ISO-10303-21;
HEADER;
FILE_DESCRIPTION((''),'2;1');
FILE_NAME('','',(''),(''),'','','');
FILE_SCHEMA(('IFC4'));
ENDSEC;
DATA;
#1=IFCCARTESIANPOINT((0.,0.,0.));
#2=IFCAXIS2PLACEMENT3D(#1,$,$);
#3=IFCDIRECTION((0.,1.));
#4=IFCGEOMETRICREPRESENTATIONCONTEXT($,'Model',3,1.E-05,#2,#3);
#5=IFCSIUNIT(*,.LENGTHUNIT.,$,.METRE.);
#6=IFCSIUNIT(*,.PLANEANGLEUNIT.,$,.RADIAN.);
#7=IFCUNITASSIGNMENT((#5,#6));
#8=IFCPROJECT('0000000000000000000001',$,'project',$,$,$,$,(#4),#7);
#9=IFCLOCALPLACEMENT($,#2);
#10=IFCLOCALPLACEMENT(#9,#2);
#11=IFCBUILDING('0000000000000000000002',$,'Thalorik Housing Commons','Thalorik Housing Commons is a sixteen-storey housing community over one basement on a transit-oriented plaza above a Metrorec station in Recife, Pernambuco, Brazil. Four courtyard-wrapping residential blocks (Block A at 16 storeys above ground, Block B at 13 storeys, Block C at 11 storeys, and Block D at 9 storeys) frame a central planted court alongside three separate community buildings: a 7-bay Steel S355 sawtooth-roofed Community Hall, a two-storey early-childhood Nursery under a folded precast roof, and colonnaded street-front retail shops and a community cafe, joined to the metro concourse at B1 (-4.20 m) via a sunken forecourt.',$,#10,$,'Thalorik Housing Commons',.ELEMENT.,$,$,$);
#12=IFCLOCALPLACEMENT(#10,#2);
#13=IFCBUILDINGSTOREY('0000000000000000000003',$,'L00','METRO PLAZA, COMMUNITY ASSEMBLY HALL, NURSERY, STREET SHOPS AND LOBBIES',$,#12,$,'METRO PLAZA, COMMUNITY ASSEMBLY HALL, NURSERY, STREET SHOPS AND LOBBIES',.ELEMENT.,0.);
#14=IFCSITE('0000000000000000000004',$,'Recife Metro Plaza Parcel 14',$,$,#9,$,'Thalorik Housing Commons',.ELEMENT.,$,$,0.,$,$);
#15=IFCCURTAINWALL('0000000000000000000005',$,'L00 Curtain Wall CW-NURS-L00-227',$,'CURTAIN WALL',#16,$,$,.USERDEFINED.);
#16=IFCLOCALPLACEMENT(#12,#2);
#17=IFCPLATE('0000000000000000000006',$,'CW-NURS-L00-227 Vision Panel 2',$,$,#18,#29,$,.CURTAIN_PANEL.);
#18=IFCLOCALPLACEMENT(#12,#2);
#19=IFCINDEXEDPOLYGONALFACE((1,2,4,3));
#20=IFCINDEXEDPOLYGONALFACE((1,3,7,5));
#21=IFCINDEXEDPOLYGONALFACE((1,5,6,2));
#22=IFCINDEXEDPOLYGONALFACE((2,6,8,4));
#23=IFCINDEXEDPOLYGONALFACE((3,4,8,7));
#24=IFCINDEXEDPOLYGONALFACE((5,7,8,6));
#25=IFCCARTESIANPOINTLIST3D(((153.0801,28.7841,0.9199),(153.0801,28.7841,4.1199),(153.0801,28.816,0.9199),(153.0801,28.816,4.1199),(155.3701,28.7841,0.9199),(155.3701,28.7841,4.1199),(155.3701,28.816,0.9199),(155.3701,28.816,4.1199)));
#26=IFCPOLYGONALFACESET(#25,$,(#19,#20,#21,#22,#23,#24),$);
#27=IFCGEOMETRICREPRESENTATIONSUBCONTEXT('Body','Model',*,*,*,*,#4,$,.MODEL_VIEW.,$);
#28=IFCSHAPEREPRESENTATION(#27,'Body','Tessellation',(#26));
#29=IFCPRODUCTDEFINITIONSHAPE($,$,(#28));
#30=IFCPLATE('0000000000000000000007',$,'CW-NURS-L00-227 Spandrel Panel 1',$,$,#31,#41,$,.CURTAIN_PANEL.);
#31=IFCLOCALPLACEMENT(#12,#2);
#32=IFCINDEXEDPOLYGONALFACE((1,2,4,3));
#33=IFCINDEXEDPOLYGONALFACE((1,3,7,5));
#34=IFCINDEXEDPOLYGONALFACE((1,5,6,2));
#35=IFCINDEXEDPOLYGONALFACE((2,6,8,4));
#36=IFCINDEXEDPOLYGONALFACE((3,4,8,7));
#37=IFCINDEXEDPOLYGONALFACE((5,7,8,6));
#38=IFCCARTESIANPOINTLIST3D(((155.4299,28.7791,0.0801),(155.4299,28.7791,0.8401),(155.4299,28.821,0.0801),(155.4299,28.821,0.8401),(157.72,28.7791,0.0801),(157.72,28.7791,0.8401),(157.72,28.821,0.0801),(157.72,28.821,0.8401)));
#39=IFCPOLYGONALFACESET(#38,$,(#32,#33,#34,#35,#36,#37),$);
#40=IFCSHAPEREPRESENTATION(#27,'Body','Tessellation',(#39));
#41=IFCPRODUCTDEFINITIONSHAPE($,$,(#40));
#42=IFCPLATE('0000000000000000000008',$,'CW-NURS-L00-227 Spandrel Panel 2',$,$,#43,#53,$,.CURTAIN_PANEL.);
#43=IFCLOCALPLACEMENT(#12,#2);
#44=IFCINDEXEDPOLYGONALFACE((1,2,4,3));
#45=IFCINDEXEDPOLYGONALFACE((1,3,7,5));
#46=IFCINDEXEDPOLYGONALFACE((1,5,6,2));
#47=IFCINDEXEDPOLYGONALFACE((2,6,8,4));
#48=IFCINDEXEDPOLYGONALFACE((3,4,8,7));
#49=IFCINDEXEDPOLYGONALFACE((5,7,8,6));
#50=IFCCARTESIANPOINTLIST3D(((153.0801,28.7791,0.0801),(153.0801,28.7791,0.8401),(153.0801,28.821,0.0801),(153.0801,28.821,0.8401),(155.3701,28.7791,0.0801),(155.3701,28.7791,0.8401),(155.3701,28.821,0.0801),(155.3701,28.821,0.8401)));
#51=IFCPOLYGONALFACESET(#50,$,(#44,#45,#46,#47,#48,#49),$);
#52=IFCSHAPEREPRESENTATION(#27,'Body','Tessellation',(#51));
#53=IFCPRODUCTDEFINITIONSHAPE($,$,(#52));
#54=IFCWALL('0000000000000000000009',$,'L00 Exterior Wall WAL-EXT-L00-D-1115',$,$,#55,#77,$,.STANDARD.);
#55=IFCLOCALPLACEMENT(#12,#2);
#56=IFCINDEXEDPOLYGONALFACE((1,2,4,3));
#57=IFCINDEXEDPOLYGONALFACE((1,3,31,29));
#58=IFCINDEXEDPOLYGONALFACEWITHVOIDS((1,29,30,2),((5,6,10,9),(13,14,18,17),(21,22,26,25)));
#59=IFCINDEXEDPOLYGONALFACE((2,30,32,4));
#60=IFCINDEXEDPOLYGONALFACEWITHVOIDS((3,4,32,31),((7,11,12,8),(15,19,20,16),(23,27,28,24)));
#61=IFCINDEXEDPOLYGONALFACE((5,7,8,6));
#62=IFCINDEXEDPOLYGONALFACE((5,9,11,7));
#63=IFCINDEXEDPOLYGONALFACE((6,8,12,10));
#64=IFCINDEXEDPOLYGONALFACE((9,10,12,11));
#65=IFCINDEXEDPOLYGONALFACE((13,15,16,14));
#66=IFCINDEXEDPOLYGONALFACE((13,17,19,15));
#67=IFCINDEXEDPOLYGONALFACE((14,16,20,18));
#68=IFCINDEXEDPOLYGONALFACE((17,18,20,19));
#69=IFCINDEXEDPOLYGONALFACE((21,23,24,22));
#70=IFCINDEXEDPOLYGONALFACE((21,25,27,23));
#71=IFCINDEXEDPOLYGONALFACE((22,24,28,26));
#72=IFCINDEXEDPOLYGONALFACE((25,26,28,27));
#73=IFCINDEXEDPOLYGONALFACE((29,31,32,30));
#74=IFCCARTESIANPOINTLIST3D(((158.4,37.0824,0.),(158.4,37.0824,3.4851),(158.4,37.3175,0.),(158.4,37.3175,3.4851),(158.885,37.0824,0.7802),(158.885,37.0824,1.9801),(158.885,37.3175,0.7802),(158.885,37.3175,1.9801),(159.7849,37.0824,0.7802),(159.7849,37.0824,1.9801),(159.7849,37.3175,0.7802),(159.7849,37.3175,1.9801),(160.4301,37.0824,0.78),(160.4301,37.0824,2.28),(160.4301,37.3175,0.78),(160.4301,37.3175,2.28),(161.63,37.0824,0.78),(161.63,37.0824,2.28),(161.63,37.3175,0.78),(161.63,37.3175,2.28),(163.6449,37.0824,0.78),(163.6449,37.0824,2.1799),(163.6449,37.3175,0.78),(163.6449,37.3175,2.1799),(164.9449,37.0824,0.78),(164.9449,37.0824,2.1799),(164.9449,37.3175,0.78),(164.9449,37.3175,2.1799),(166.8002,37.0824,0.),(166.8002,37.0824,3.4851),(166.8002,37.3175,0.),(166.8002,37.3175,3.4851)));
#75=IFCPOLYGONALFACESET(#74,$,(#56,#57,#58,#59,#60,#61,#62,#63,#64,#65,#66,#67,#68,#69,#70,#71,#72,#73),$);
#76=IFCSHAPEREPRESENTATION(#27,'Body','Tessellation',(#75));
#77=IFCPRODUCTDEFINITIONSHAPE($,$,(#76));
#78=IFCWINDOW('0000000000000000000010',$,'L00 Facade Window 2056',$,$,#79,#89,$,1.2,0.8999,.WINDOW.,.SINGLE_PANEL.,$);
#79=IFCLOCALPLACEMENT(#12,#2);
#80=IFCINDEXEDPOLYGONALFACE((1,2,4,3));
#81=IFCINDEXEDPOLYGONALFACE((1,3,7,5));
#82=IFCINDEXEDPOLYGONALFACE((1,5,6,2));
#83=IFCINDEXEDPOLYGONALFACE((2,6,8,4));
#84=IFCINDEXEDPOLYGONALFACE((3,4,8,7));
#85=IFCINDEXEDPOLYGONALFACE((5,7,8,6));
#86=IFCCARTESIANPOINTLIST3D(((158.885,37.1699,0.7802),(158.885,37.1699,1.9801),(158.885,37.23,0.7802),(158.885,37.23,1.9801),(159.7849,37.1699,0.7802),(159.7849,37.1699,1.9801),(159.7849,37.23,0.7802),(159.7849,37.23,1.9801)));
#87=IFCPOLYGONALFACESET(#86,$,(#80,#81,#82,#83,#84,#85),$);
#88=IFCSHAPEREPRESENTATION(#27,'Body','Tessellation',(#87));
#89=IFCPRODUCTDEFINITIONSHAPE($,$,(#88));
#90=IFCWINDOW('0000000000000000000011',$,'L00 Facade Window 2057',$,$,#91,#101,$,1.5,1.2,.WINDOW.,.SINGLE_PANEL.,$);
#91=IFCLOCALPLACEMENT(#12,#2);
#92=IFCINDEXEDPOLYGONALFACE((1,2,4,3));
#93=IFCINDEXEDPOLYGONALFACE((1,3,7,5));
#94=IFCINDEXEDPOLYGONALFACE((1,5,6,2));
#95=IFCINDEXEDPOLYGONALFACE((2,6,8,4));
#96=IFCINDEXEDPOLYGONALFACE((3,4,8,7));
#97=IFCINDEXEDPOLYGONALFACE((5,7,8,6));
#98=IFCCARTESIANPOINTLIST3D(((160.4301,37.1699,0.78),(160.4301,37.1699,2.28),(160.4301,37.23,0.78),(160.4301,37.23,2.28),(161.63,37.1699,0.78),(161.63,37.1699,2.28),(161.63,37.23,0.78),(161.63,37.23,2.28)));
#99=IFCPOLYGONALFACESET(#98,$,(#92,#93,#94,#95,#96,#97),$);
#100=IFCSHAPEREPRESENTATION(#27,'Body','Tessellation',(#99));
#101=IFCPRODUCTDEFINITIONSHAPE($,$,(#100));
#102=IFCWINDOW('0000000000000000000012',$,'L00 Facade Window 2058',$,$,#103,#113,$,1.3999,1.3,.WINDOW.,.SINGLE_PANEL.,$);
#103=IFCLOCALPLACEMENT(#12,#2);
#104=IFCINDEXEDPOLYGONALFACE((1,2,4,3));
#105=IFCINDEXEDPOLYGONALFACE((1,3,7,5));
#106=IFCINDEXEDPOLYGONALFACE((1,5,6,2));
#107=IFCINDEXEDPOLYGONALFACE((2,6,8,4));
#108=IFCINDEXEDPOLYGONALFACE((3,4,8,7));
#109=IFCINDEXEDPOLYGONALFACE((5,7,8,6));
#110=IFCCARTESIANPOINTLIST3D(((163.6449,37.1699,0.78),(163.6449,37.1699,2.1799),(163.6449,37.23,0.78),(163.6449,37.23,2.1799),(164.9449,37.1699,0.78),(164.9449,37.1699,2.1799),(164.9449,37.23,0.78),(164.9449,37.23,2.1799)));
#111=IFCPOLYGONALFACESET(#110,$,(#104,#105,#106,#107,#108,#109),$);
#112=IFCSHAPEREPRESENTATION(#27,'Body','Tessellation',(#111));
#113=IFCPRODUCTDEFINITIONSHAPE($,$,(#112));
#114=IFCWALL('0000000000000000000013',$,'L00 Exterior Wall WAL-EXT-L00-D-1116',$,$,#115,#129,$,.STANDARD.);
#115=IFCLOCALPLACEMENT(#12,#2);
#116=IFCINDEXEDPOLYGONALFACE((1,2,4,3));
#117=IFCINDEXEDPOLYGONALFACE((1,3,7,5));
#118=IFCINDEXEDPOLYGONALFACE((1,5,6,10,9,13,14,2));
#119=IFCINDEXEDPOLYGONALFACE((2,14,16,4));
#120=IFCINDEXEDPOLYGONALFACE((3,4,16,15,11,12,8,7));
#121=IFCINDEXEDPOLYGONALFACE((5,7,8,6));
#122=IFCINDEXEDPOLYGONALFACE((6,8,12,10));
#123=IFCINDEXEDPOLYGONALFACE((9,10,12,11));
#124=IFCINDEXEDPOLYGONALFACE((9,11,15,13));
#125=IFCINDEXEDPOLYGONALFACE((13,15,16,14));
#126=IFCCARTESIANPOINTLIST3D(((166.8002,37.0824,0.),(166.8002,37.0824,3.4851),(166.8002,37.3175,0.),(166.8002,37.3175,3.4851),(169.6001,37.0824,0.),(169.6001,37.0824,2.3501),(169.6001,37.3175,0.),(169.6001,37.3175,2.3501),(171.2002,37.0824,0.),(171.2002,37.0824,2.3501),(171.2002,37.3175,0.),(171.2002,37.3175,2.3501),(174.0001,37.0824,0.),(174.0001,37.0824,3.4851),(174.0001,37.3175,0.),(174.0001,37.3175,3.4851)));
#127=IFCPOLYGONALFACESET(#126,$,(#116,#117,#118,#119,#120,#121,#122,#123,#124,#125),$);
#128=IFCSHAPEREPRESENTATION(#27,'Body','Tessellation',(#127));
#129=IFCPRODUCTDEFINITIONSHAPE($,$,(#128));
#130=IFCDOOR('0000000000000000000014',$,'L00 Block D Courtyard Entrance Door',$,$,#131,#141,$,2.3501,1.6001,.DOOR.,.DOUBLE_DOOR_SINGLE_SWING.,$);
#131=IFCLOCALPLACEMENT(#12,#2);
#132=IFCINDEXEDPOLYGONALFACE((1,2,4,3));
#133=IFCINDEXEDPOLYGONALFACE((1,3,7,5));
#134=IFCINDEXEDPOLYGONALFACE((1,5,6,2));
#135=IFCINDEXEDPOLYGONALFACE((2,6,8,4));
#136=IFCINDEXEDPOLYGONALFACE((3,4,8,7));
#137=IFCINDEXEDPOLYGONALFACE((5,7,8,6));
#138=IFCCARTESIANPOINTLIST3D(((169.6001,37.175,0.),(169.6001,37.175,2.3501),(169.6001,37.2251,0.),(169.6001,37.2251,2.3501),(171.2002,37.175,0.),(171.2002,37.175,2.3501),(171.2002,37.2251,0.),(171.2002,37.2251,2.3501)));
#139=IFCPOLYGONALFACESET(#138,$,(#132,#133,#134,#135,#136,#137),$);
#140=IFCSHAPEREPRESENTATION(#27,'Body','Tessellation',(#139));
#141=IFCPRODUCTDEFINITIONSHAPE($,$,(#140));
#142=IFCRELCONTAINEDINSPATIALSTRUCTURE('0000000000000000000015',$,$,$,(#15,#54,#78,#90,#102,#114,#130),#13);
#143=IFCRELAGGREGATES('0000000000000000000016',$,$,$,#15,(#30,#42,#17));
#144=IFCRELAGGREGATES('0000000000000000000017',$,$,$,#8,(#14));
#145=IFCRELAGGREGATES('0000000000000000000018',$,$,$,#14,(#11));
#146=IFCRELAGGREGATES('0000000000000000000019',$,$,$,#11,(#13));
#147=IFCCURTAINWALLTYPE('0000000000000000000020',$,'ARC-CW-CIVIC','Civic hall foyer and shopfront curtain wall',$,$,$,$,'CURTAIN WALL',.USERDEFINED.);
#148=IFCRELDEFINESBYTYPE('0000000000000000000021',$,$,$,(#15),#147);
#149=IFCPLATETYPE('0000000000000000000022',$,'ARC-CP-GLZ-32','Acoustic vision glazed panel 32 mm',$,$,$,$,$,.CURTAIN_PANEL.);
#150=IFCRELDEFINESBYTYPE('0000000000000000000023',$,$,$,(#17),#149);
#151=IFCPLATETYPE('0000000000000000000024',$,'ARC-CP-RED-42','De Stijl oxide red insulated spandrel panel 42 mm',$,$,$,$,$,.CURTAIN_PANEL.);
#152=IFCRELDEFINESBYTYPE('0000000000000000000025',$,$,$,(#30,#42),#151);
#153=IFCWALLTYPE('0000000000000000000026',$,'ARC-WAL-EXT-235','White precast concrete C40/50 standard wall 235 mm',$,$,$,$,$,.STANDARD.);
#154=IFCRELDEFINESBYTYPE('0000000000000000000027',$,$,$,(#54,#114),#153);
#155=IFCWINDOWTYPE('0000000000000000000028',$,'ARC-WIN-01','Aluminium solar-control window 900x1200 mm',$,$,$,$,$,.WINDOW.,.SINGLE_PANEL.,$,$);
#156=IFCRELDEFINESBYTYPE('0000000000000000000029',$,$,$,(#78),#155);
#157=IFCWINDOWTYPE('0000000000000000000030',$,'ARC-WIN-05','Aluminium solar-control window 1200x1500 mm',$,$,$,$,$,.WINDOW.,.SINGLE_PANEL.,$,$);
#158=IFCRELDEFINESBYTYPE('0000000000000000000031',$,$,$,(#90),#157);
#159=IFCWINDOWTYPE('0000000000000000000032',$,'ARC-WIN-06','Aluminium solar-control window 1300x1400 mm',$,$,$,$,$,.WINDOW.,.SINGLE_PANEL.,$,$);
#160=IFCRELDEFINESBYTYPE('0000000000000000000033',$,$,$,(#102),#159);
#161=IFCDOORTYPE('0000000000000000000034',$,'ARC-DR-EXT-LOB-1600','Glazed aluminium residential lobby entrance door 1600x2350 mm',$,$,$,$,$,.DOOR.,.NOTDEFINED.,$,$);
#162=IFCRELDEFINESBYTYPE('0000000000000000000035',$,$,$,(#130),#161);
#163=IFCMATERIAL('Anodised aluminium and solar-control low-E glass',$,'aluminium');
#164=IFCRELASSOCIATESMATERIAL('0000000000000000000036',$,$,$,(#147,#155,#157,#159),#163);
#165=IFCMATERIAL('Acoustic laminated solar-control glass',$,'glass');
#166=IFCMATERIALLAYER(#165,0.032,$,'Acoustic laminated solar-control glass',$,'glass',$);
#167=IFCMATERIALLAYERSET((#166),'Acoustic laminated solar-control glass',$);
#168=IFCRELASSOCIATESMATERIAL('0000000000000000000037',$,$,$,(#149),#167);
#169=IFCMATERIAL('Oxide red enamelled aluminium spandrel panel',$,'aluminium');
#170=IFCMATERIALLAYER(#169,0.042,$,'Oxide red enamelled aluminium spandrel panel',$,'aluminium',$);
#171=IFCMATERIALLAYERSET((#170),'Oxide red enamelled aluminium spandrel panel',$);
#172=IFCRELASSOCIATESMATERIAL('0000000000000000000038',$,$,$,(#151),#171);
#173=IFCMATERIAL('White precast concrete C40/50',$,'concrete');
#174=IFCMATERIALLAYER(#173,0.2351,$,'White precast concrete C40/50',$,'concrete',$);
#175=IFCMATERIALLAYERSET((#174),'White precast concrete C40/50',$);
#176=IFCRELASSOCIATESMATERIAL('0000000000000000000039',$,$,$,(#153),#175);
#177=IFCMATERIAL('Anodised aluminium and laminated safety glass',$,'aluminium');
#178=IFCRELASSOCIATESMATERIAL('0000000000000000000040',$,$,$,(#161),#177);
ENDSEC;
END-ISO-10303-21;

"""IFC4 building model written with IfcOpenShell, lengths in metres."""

from ifc_helpers import new_model, si_unit, direction, frame, frame_2d, origin, origin_2d, place, context, subcontext, project, spatial, rectangle, extrude, material, layer, layer_set, type_object, element, fill, aggregate, save


model = new_model("IFC4")

# Units and contexts
model_context = context("Model", 3, precision=1e-05, world=origin(), true_north=direction((0.0, 1.0)))
body_context = subcontext(model_context, "Body", "Model", "MODEL_VIEW")
ifc_project = project(units=[si_unit("LENGTHUNIT", "METRE"), si_unit("PLANEANGLEUNIT", "RADIAN")], contexts=[model_context])

# Site, building, storey
site_placement = place(None, origin())
site = spatial("IfcSite", under=ifc_project, at=site_placement, Name="Recife Metro Plaza Parcel 14", LongName="Thalorik Housing Commons", CompositionType="ELEMENT", RefElevation=0.0)
building_placement = place(site_placement, origin())
building = spatial("IfcBuilding", under=site, at=building_placement, Name="Thalorik Housing Commons", Description="Thalorik Housing Commons is a sixteen-storey housing community over one basement on a transit-oriented plaza above a Metrorec station in Recife, Pernambuco, Brazil. Four courtyard-wrapping residential blocks (Block A at 16 storeys above ground, Block B at 13 storeys, Block C at 11 storeys, and Block D at 9 storeys) frame a central planted court alongside three separate community buildings: a 7-bay Steel S355 sawtooth-roofed Community Hall, a two-storey early-childhood Nursery under a folded precast roof, and colonnaded street-front retail shops and a community cafe, joined to the metro concourse at B1 (-4.20 m) via a sunken forecourt.", LongName="Thalorik Housing Commons", CompositionType="ELEMENT")
storey_placement = place(building_placement, origin())
storey = spatial("IfcBuildingStorey", under=building, at=storey_placement, Name="L00", Description="METRO PLAZA, COMMUNITY ASSEMBLY HALL, NURSERY, STREET SHOPS AND LOBBIES", LongName="METRO PLAZA, COMMUNITY ASSEMBLY HALL, NURSERY, STREET SHOPS AND LOBBIES", CompositionType="ELEMENT", Elevation=0.0)

# Curtain wall
ifc_material_1 = material(Name="Anodised aluminium and solar-control low-E glass", Category="aluminium")
curtain_wall_type = type_object("IfcCurtainWallType", Name="ARC-CW-CIVIC", Description="Civic hall foyer and shopfront curtain wall", ElementType="CURTAIN WALL", PredefinedType="USERDEFINED", material=ifc_material_1)
curtain_wall_placement = place(storey_placement, origin())
curtain_wall = element("IfcCurtainWall", 1, at=curtain_wall_placement, inside=storey, type_object=curtain_wall_type, Name="L00 Curtain Wall CW-NURS-L00-227", ObjectType="CURTAIN WALL", PredefinedType="USERDEFINED")

# Plates
ifc_material_2 = material(Name="Acoustic laminated solar-control glass", Category="glass")
ifc_layer_1 = layer(ifc_material_2, 0.032, Name="Acoustic laminated solar-control glass", Category="glass")
ifc_layer_set_1 = layer_set([ifc_layer_1], Name="Acoustic laminated solar-control glass")
plate_type_1 = type_object("IfcPlateType", Name="ARC-CP-GLZ-32", Description="Acoustic vision glazed panel 32 mm", PredefinedType="CURTAIN_PANEL", material=ifc_layer_set_1)
plate_1_placement = place(storey_placement, frame((154.2251, 28.8, 0.9199), z_axis=(0.0, 0.0, 1.0), x_axis=(-1.0, 0.0, 0.0)))
plate_1 = element("IfcPlate", 2, at=plate_1_placement, type_object=plate_type_1, Name="CW-NURS-L00-227 Vision Panel 2", PredefinedType="CURTAIN_PANEL", context=body_context, shape_type="SweptSolid", body=[
    extrude(rectangle(XDim=2.29, YDim=0.032, at=origin_2d()), origin(), (0.0, 0.0, 1.0), 3.2),
])
ifc_material_3 = material(Name="Oxide red enamelled aluminium spandrel panel", Category="aluminium")
ifc_layer_2 = layer(ifc_material_3, 0.042, Name="Oxide red enamelled aluminium spandrel panel", Category="aluminium")
ifc_layer_set_2 = layer_set([ifc_layer_2], Name="Oxide red enamelled aluminium spandrel panel")
plate_type_2 = type_object("IfcPlateType", Name="ARC-CP-RED-42", Description="De Stijl oxide red insulated spandrel panel 42 mm", PredefinedType="CURTAIN_PANEL", material=ifc_layer_set_2)
plate_2_placement = place(storey_placement, frame((156.575, 28.8, 0.0801), z_axis=(0.0, 0.0, 1.0), x_axis=(-1.0, 0.0, 0.0)))
plate_2 = element("IfcPlate", 3, at=plate_2_placement, type_object=plate_type_2, Name="CW-NURS-L00-227 Spandrel Panel 1", PredefinedType="CURTAIN_PANEL", context=body_context, shape_type="SweptSolid", body=[
    extrude(rectangle(XDim=2.29, YDim=0.042, at=origin_2d()), origin(), (0.0, 0.0, 1.0), 0.76),
])
plate_3_placement = place(storey_placement, frame((154.2251, 28.8, 0.0801), z_axis=(0.0, 0.0, 1.0), x_axis=(-1.0, 0.0, 0.0)))
plate_3 = element("IfcPlate", 4, at=plate_3_placement, type_object=plate_type_2, Name="CW-NURS-L00-227 Spandrel Panel 2", PredefinedType="CURTAIN_PANEL", context=body_context, shape_type="SweptSolid", body=[
    extrude(rectangle(XDim=2.29, YDim=0.042, at=origin_2d()), origin(), (0.0, 0.0, 1.0), 0.76),
])
aggregate(curtain_wall, [plate_2, plate_3, plate_1])

# Wall, openings, windows
ifc_material_4 = material(Name="White precast concrete C40/50", Category="concrete")
ifc_layer_3 = layer(ifc_material_4, 0.2351, Name="White precast concrete C40/50", Category="concrete")
ifc_layer_set_3 = layer_set([ifc_layer_3], Name="White precast concrete C40/50")
wall_type_1 = type_object("IfcWallType", Name="ARC-WAL-EXT-235", Description="White precast concrete C40/50 standard wall 235 mm", PredefinedType="STANDARD", material=ifc_layer_set_3)
wall_1_placement = place(storey_placement, frame((158.3999, 37.2, 0.0), z_axis=(0.0, 0.0, 1.0), x_axis=(1.0, 0.0, 0.0)))
wall_1 = element("IfcWall", 5, at=wall_1_placement, inside=storey, type_object=wall_type_1, Name="L00 Exterior Wall WAL-EXT-L00-D-1115", PredefinedType="STANDARD", context=body_context, shape_type="SweptSolid", body=[
    extrude(rectangle(XDim=8.4001, YDim=0.2351, at=frame_2d((4.2002, 0.0))), origin(), (0.0, 0.0, 1.0), 3.4851),
])
opening_1_placement = place(wall_1_placement, frame((0.4851, 0.0, 0.78)))
opening_1 = element("IfcOpeningElement", 6, at=opening_1_placement, cuts=wall_1, PredefinedType="OPENING", context=body_context, shape_type="SweptSolid", body=[
    extrude(rectangle(XDim=0.8999, YDim=1.2, at=frame_2d((0.45, 0.6001))), frame((0.0, 0.1274, 0.0), z_axis=(0.0, -1.0, 0.0), x_axis=(1.0, 0.0, 0.0)), (0.0, 0.0, 1.0), 0.2551),
])
opening_2_placement = place(wall_1_placement, frame((2.03, 0.0, 0.78)))
opening_2 = element("IfcOpeningElement", 7, at=opening_2_placement, cuts=wall_1, PredefinedType="OPENING", context=body_context, shape_type="SweptSolid", body=[
    extrude(rectangle(XDim=1.2, YDim=1.5, at=frame_2d((0.6001, 0.75))), frame((0.0, 0.1274, 0.0), z_axis=(0.0, -1.0, 0.0), x_axis=(1.0, 0.0, 0.0)), (0.0, 0.0, 1.0), 0.2551),
])
opening_3_placement = place(wall_1_placement, frame((5.2451, 0.0, 0.78)))
opening_3 = element("IfcOpeningElement", 8, at=opening_3_placement, cuts=wall_1, PredefinedType="OPENING", context=body_context, shape_type="SweptSolid", body=[
    extrude(rectangle(XDim=1.3, YDim=1.3999, at=frame_2d((0.6499, 0.7))), frame((0.0, 0.1274, 0.0), z_axis=(0.0, -1.0, 0.0), x_axis=(1.0, 0.0, 0.0)), (0.0, 0.0, 1.0), 0.2551),
])
window_type_1 = type_object("IfcWindowType", Name="ARC-WIN-01", Description="Aluminium solar-control window 900x1200 mm", PartitioningType="SINGLE_PANEL", PredefinedType="WINDOW", material=ifc_material_1)
window_1_placement = place(opening_1_placement, origin())
window_1 = element("IfcWindow", 9, at=window_1_placement, inside=storey, type_object=window_type_1, Name="L00 Facade Window 2056", OverallHeight=1.2, OverallWidth=0.8999, PartitioningType="SINGLE_PANEL", PredefinedType="WINDOW", context=body_context, shape_type="SweptSolid", body=[
    extrude(rectangle(XDim=0.8999, YDim=1.2, at=frame_2d((0.45, 0.6001))), frame((0.0, 0.03, 0.0), z_axis=(0.0, -1.0, 0.0), x_axis=(1.0, 0.0, 0.0)), (0.0, 0.0, 1.0), 0.0601),
])
fill(opening_1, window_1)
window_type_2 = type_object("IfcWindowType", Name="ARC-WIN-05", Description="Aluminium solar-control window 1200x1500 mm", PartitioningType="SINGLE_PANEL", PredefinedType="WINDOW", material=ifc_material_1)
window_2_placement = place(opening_2_placement, origin())
window_2 = element("IfcWindow", 10, at=window_2_placement, inside=storey, type_object=window_type_2, Name="L00 Facade Window 2057", OverallHeight=1.5, OverallWidth=1.2, PartitioningType="SINGLE_PANEL", PredefinedType="WINDOW", context=body_context, shape_type="SweptSolid", body=[
    extrude(rectangle(XDim=1.2, YDim=1.5, at=frame_2d((0.6001, 0.75))), frame((0.0, 0.03, 0.0), z_axis=(0.0, -1.0, 0.0), x_axis=(1.0, 0.0, 0.0)), (0.0, 0.0, 1.0), 0.0601),
])
fill(opening_2, window_2)
window_type_3 = type_object("IfcWindowType", Name="ARC-WIN-06", Description="Aluminium solar-control window 1300x1400 mm", PartitioningType="SINGLE_PANEL", PredefinedType="WINDOW", material=ifc_material_1)
window_3_placement = place(opening_3_placement, origin())
window_3 = element("IfcWindow", 11, at=window_3_placement, inside=storey, type_object=window_type_3, Name="L00 Facade Window 2058", OverallHeight=1.3999, OverallWidth=1.3, PartitioningType="SINGLE_PANEL", PredefinedType="WINDOW", context=body_context, shape_type="SweptSolid", body=[
    extrude(rectangle(XDim=1.3, YDim=1.3999, at=frame_2d((0.6499, 0.7))), frame((0.0, 0.03, 0.0), z_axis=(0.0, -1.0, 0.0), x_axis=(1.0, 0.0, 0.0)), (0.0, 0.0, 1.0), 0.0601),
])
fill(opening_3, window_3)

# Wall, opening, door
wall_2_placement = place(storey_placement, frame((166.8, 37.2, 0.0), z_axis=(0.0, 0.0, 1.0), x_axis=(1.0, 0.0, 0.0)))
wall_2 = element("IfcWall", 12, at=wall_2_placement, inside=storey, type_object=wall_type_1, Name="L00 Exterior Wall WAL-EXT-L00-D-1116", PredefinedType="STANDARD", context=body_context, shape_type="SweptSolid", body=[
    extrude(rectangle(XDim=7.2, YDim=0.2351, at=frame_2d((3.6001, 0.0))), origin(), (0.0, 0.0, 1.0), 3.4851),
])
opening_4_placement = place(wall_2_placement, frame((2.8, 0.0, 0.0)))
opening_4 = element("IfcOpeningElement", 13, at=opening_4_placement, cuts=wall_2, PredefinedType="OPENING", context=body_context, shape_type="SweptSolid", body=[
    extrude(rectangle(XDim=1.6001, YDim=2.3501, at=frame_2d((0.8, 1.175))), frame((0.0, 0.1274, 0.0), z_axis=(0.0, -1.0, 0.0), x_axis=(1.0, 0.0, 0.0)), (0.0, 0.0, 1.0), 0.2551),
])
ifc_material_5 = material(Name="Anodised aluminium and laminated safety glass", Category="aluminium")
door_type = type_object("IfcDoorType", Name="ARC-DR-EXT-LOB-1600", Description="Glazed aluminium residential lobby entrance door 1600x2350 mm", OperationType="NOTDEFINED", PredefinedType="DOOR", material=ifc_material_5)
door_placement = place(opening_4_placement, frame((1.6001, 0.0, 0.0), z_axis=(0.0, 0.0, 1.0), x_axis=(-1.0, 0.0, 0.0)))
door = element("IfcDoor", 14, at=door_placement, inside=storey, type_object=door_type, Name="L00 Block D Courtyard Entrance Door", OperationType="DOUBLE_DOOR_SINGLE_SWING", OverallHeight=2.3501, OverallWidth=1.6001, PredefinedType="DOOR", context=body_context, shape_type="SweptSolid", body=[
    extrude(rectangle(XDim=1.6001, YDim=2.3501, at=frame_2d((0.8, 1.175))), frame((0.0, 0.0249, 0.0), z_axis=(0.0, -1.0, 0.0), x_axis=(1.0, 0.0, 0.0)), (0.0, 0.0, 1.0), 0.05),
])
fill(opening_4, door)

save(model, "model.ifc")
